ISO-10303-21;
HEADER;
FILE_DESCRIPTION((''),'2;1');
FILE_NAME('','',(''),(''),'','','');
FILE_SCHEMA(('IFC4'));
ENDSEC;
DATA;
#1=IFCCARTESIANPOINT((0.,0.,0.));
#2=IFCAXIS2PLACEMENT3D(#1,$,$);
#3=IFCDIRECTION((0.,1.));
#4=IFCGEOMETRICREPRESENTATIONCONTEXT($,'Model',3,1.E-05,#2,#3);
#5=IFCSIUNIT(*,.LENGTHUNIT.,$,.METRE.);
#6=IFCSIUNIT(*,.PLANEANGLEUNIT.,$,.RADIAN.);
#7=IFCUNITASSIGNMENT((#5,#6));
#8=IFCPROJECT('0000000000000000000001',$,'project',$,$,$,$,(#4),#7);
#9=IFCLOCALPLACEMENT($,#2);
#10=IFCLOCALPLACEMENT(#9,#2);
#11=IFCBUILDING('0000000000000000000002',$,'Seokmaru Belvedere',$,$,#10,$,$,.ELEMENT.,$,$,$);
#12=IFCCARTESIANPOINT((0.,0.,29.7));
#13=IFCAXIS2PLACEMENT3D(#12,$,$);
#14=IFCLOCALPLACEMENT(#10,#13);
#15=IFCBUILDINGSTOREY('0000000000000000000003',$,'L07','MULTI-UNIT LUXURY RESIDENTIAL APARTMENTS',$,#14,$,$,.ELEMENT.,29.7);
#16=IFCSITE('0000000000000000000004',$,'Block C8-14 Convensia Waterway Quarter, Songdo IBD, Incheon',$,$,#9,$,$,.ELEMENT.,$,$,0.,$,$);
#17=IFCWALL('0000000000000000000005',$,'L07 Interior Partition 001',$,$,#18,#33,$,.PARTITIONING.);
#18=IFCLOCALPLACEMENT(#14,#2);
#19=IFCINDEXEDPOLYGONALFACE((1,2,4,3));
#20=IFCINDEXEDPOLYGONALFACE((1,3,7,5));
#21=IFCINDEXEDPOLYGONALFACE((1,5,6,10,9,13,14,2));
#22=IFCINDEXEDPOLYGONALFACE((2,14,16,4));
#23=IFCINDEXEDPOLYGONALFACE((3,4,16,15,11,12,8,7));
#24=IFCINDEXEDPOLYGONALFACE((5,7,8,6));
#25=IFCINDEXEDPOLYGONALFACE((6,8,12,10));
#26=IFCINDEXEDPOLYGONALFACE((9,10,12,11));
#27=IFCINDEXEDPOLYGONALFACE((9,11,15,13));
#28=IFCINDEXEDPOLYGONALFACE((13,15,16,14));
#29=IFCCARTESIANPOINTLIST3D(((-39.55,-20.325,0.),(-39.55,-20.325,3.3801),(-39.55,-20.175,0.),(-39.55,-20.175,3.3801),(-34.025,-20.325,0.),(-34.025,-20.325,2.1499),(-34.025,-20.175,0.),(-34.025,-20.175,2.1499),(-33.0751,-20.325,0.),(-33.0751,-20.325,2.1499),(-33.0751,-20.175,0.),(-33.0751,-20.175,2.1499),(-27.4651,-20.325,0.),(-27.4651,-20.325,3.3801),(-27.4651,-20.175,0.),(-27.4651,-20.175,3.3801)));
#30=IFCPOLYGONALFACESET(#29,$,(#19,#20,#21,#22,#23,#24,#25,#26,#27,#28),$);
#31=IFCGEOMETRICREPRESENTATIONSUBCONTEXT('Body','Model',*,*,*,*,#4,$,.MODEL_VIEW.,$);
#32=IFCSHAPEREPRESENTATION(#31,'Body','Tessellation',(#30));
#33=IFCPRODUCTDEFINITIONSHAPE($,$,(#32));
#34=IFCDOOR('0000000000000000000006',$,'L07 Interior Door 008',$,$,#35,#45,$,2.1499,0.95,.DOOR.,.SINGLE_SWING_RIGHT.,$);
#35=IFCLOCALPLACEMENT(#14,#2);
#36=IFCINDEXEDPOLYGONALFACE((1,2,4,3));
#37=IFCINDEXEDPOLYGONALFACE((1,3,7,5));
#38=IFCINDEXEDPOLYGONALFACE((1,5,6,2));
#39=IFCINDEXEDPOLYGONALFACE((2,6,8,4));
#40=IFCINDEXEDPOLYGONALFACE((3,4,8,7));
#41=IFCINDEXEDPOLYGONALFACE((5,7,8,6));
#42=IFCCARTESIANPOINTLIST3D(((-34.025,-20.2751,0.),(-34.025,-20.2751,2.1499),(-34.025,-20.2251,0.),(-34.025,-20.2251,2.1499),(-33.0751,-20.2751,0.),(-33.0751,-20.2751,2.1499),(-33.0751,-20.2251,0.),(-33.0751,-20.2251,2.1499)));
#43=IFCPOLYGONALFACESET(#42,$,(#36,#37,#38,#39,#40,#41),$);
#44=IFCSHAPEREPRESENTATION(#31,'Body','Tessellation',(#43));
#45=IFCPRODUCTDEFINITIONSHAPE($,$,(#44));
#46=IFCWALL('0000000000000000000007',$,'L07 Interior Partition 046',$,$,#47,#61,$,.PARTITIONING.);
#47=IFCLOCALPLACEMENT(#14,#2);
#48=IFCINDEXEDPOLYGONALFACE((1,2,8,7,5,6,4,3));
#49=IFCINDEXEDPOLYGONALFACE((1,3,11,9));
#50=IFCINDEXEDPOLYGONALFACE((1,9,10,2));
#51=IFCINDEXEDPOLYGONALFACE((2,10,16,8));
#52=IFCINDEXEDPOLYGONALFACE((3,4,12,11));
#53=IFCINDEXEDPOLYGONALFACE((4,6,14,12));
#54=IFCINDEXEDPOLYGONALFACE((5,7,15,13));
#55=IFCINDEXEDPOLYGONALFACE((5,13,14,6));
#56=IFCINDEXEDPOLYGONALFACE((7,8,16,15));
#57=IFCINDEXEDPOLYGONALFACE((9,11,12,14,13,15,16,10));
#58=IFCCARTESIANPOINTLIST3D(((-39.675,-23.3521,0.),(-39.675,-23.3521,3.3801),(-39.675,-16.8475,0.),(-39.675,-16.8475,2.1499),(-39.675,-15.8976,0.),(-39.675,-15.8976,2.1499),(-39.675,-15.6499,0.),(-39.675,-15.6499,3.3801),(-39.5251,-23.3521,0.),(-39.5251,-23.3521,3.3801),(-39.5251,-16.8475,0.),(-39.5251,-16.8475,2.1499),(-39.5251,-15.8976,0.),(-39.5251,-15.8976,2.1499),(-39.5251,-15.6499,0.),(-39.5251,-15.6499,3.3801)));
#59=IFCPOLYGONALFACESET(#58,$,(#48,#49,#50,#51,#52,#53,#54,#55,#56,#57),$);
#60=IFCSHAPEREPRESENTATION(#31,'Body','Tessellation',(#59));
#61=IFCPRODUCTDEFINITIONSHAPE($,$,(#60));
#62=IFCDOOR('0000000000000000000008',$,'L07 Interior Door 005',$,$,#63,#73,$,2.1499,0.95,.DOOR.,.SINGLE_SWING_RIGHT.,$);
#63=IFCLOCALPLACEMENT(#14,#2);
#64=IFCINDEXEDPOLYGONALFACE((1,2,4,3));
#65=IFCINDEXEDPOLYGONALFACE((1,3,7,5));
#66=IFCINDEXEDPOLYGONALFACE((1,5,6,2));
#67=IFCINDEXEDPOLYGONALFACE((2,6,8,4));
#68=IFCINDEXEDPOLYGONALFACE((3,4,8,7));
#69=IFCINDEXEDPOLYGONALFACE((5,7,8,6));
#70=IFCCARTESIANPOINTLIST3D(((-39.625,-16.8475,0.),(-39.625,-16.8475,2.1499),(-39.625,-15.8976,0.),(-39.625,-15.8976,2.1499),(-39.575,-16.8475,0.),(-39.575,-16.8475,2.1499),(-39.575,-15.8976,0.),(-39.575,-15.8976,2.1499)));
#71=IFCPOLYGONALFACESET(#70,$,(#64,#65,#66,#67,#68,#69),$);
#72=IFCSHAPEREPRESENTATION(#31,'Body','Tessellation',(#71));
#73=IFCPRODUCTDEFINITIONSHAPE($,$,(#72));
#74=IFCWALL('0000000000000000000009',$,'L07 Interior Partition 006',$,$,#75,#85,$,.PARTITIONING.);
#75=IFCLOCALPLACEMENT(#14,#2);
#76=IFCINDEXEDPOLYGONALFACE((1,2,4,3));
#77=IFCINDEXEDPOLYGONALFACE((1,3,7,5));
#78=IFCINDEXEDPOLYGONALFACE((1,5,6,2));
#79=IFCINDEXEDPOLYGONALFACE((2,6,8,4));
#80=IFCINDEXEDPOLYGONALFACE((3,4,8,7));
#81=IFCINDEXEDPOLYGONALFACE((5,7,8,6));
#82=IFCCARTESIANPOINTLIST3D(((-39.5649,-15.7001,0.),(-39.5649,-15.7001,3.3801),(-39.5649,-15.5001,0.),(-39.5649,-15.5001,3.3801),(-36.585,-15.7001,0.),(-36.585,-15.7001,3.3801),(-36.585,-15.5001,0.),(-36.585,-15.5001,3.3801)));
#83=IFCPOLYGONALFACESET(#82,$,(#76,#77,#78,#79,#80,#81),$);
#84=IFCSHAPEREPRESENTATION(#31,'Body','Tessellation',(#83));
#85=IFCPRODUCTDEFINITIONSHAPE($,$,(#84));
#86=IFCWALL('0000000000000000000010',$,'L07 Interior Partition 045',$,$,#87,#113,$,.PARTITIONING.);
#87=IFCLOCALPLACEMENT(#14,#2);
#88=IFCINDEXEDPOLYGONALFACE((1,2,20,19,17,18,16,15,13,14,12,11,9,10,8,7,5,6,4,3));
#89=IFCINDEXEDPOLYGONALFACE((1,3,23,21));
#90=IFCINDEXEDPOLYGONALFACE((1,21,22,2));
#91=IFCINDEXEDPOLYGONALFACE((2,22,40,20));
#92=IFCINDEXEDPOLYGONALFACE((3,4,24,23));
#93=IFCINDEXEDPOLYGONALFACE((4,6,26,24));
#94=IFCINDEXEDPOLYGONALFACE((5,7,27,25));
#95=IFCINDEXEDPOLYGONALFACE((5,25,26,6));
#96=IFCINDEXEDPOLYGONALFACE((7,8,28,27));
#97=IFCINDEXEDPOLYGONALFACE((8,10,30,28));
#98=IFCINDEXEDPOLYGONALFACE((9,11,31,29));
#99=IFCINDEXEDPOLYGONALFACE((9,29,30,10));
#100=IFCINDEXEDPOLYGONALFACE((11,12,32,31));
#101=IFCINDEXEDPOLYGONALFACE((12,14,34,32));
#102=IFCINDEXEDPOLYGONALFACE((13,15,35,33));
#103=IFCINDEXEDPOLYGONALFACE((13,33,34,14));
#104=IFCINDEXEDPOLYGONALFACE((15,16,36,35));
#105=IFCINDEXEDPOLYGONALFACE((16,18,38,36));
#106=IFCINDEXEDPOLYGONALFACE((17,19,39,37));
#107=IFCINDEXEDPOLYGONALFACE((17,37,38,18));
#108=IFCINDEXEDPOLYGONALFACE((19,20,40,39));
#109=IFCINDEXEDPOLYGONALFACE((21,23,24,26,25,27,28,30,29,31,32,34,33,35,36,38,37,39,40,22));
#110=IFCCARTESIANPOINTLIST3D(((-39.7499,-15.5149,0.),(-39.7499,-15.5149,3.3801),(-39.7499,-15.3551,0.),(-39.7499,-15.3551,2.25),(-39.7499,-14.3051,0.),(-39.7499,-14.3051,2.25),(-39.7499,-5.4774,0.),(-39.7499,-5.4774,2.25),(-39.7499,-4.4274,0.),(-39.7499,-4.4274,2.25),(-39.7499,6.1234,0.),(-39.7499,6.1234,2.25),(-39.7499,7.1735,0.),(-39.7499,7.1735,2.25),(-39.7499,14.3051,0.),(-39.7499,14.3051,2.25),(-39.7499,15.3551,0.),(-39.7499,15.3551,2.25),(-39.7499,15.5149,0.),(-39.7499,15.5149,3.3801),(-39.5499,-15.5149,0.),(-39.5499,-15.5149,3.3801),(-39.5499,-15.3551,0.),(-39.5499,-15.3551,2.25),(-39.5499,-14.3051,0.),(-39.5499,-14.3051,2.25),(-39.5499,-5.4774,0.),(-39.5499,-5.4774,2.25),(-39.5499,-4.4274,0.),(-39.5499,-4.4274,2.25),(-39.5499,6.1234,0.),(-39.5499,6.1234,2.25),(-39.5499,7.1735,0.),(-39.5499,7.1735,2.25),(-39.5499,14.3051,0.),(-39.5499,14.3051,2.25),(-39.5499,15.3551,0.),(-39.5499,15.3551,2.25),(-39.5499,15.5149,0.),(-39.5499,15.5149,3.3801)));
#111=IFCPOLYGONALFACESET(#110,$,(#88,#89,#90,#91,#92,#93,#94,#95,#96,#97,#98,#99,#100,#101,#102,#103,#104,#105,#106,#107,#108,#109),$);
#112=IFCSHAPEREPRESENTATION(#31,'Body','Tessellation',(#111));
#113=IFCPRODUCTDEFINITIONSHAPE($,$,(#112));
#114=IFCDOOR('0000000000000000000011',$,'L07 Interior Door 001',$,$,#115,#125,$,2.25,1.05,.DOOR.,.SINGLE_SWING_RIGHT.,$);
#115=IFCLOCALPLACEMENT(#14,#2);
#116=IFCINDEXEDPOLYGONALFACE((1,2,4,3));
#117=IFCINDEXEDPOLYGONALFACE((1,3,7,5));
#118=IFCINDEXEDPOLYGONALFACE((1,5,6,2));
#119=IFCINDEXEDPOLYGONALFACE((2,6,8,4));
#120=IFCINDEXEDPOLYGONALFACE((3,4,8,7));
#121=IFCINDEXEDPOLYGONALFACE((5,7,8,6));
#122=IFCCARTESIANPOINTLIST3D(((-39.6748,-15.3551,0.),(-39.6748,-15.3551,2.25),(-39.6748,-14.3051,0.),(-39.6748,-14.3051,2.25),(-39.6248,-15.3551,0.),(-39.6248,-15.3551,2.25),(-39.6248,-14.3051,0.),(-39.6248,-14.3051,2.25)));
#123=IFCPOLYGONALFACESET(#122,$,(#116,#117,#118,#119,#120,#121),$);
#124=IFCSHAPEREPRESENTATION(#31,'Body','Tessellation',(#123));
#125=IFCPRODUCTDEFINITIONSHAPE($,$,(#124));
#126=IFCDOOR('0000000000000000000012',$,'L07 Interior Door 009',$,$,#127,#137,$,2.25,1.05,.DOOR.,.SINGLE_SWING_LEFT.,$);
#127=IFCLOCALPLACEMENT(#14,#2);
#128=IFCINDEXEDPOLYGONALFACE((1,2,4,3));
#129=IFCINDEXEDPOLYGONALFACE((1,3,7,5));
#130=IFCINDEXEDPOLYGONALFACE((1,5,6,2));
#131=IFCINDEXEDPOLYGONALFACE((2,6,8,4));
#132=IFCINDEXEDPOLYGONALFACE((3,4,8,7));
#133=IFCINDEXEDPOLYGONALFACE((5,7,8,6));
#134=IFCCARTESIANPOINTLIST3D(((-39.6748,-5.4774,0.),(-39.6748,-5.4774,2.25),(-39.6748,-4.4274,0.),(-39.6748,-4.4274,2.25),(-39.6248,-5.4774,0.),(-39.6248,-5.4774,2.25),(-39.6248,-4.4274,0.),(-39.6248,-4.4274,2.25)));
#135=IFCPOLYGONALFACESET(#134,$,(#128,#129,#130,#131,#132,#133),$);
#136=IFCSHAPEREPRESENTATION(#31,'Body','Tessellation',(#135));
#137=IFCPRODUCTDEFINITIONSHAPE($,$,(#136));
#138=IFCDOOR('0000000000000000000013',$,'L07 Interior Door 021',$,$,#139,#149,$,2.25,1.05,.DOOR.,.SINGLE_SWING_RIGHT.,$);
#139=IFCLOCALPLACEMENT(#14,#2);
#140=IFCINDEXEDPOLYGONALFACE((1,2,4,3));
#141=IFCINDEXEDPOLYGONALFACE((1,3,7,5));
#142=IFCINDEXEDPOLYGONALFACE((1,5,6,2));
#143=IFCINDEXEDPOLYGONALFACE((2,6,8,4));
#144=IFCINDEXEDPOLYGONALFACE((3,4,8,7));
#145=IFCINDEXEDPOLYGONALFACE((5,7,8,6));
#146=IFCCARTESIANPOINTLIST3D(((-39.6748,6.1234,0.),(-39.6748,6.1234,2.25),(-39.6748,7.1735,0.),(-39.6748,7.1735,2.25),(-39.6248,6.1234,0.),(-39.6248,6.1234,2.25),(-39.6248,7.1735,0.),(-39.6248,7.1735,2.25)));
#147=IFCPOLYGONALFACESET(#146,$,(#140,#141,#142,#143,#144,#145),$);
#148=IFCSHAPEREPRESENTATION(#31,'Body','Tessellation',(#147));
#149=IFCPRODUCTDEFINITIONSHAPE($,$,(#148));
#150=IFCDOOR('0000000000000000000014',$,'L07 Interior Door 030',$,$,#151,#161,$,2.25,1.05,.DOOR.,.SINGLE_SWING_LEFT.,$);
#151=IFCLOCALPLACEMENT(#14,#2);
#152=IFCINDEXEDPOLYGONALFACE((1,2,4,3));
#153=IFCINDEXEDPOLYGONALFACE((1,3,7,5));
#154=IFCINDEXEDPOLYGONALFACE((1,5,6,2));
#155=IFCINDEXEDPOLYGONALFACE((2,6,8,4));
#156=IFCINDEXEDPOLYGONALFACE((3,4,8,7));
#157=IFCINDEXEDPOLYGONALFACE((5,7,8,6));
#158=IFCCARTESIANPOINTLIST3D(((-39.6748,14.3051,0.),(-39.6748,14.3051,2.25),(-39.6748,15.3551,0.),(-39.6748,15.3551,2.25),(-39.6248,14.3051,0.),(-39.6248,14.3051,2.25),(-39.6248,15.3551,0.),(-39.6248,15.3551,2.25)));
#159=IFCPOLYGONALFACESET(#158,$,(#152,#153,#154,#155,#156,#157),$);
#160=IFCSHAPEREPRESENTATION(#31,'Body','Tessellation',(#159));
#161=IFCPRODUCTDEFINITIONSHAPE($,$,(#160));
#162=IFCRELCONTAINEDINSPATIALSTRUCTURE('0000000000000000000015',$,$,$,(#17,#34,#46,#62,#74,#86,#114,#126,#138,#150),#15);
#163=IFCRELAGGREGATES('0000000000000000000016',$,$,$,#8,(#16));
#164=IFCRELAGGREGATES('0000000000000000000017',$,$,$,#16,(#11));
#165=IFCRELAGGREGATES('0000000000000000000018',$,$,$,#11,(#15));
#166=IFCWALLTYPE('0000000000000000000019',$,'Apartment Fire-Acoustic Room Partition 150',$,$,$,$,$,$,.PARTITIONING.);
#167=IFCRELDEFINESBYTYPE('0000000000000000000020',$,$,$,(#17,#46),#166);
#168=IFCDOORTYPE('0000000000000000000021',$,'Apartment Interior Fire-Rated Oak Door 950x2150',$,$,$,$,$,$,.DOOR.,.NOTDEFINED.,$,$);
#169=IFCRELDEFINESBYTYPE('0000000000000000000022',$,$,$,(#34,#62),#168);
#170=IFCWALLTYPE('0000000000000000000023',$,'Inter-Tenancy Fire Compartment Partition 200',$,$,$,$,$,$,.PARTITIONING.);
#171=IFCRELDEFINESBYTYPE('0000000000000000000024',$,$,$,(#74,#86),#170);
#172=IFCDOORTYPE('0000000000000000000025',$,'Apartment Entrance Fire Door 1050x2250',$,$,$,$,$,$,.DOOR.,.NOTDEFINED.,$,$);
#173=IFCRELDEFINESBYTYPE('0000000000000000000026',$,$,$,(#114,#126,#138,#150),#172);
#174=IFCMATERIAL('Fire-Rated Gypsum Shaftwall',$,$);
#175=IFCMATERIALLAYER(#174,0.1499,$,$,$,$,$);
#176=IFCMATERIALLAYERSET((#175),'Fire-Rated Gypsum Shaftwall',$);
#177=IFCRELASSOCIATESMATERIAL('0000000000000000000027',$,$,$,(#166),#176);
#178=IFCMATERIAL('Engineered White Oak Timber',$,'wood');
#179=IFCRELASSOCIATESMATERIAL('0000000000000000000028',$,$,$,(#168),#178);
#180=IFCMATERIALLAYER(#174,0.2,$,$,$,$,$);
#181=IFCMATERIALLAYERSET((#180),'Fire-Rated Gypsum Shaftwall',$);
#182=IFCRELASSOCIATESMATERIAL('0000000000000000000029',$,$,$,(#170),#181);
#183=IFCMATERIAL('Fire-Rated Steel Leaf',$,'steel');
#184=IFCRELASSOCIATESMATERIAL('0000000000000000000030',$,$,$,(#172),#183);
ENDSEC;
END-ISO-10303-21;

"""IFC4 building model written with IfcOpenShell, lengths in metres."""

from ifc_helpers import new_model, si_unit, direction, frame, frame_2d, origin, place, context, subcontext, project, spatial, rectangle, extrude, source, transform, mapped, material, layer, layer_set, type_object, type_shapes, element, fill, save


model = new_model("IFC4")

# Units and contexts
model_context = context("Model", 3, precision=1e-05, world=origin(), true_north=direction((0.0, 1.0)))
body_context = subcontext(model_context, "Body", "Model", "MODEL_VIEW")
ifc_project = project(units=[si_unit("LENGTHUNIT", "METRE"), si_unit("PLANEANGLEUNIT", "RADIAN")], contexts=[model_context])

# Site, building, storey
site_placement = place(None, origin())
site = spatial("IfcSite", under=ifc_project, at=site_placement, Name="Block C8-14 Convensia Waterway Quarter, Songdo IBD, Incheon", CompositionType="ELEMENT", RefElevation=0.0)
building_placement = place(site_placement, origin())
building = spatial("IfcBuilding", under=site, at=building_placement, Name="Seokmaru Belvedere", CompositionType="ELEMENT")
storey_placement = place(building_placement, frame((0.0, 0.0, 29.7)))
storey = spatial("IfcBuildingStorey", under=building, at=storey_placement, Name="L07", Description="MULTI-UNIT LUXURY RESIDENTIAL APARTMENTS", CompositionType="ELEMENT", Elevation=29.7)

# Walls, openings, doors
ifc_material_1 = material(Name="Fire-Rated Gypsum Shaftwall")
ifc_layer_1 = layer(ifc_material_1, 0.1499)
ifc_layer_set_1 = layer_set([ifc_layer_1], Name="Fire-Rated Gypsum Shaftwall")
wall_type_1 = type_object("IfcWallType", Name="Apartment Fire-Acoustic Room Partition 150", PredefinedType="PARTITIONING", material=ifc_layer_set_1)
wall_1_placement = place(storey_placement, frame((-39.55, -20.25, 0.0), z_axis=(0.0, 0.0, 1.0), x_axis=(1.0, 0.0, 0.0)))
wall_1 = element("IfcWall", 1, at=wall_1_placement, inside=storey, type_object=wall_type_1, Name="L07 Interior Partition 001", PredefinedType="PARTITIONING", context=body_context, shape_type="SweptSolid", body=[
    extrude(rectangle(XDim=12.085, YDim=0.1499, at=frame_2d((6.0425, 0.0))), origin(), (0.0, 0.0, 1.0), 3.3801),
])
opening_1_placement = place(wall_1_placement, frame((5.5249, 0.0, 0.0)))
opening_1 = element("IfcOpeningElement", 2, at=opening_1_placement, cuts=wall_1, PredefinedType="OPENING", context=body_context, shape_type="SweptSolid", body=[
    extrude(rectangle(XDim=0.95, YDim=2.1499, at=frame_2d((0.4751, 1.075))), frame((0.0, 0.085, 0.0), z_axis=(0.0, -1.0, 0.0), x_axis=(1.0, 0.0, 0.0)), (0.0, 0.0, 1.0), 0.1699),
])
ifc_material_2 = material(Name="Engineered White Oak Timber", Category="wood")
door_type_1 = type_object("IfcDoorType", Name="Apartment Interior Fire-Rated Oak Door 950x2150", OperationType="NOTDEFINED", PredefinedType="DOOR", material=ifc_material_2)
shared_shape_1 = source(origin(), body_context, "Body", "SweptSolid", [
    extrude(rectangle(XDim=0.95, YDim=2.1499, at=frame_2d((0.4751, 1.075))), frame((0.0, 0.0249, 0.0), z_axis=(0.0, -1.0, 0.0), x_axis=(1.0, 0.0, 0.0)), (0.0, 0.0, 1.0), 0.05),
])
type_shapes(door_type_1, [shared_shape_1])
door_1_placement = place(opening_1_placement, origin())
door_1 = element("IfcDoor", 3, at=door_1_placement, inside=storey, type_object=door_type_1, Name="L07 Interior Door 008", OperationType="SINGLE_SWING_RIGHT", OverallHeight=2.1499, OverallWidth=0.95, PredefinedType="DOOR", context=body_context, shape_type="MappedRepresentation", body=[
    mapped(shared_shape_1, transform((0.0, 0.0, 0.0), scale=1.0)),
])
fill(opening_1, door_1)
wall_2_placement = place(storey_placement, frame((-39.6001, -23.3521, 0.0), z_axis=(0.0, 0.0, 1.0), x_axis=(0.0, 1.0, 0.0)))
wall_2 = element("IfcWall", 4, at=wall_2_placement, inside=storey, type_object=wall_type_1, Name="L07 Interior Partition 046", PredefinedType="PARTITIONING", context=body_context, shape_type="SweptSolid", body=[
    extrude(rectangle(XDim=7.7021, YDim=0.1499, at=frame_2d((3.8511, 0.0))), origin(), (0.0, 0.0, 1.0), 3.3801),
])
opening_2_placement = place(wall_2_placement, frame((6.5044, 0.0, 0.0)))
opening_2 = element("IfcOpeningElement", 5, at=opening_2_placement, cuts=wall_2, PredefinedType="OPENING", context=body_context, shape_type="SweptSolid", body=[
    extrude(rectangle(XDim=0.95, YDim=2.1499, at=frame_2d((0.4751, 1.075))), frame((0.0, 0.085, 0.0), z_axis=(0.0, -1.0, 0.0), x_axis=(1.0, 0.0, 0.0)), (0.0, 0.0, 1.0), 0.1699),
])
door_2_placement = place(opening_2_placement, origin())
door_2 = element("IfcDoor", 6, at=door_2_placement, inside=storey, type_object=door_type_1, Name="L07 Interior Door 005", OperationType="SINGLE_SWING_RIGHT", OverallHeight=2.1499, OverallWidth=0.95, PredefinedType="DOOR", context=body_context, shape_type="MappedRepresentation", body=[
    mapped(shared_shape_1, transform((0.0, 0.0, 0.0), scale=1.0)),
])
fill(opening_2, door_2)

# Wall
ifc_layer_2 = layer(ifc_material_1, 0.2)
ifc_layer_set_2 = layer_set([ifc_layer_2], Name="Fire-Rated Gypsum Shaftwall")
wall_type_2 = type_object("IfcWallType", Name="Inter-Tenancy Fire Compartment Partition 200", PredefinedType="PARTITIONING", material=ifc_layer_set_2)
wall_3_placement = place(storey_placement, frame((-39.5649, -15.6001, 0.0), z_axis=(0.0, 0.0, 1.0), x_axis=(1.0, 0.0, 0.0)))
element("IfcWall", 7, at=wall_3_placement, inside=storey, type_object=wall_type_2, Name="L07 Interior Partition 006", PredefinedType="PARTITIONING", context=body_context, shape_type="SweptSolid", body=[
    extrude(rectangle(XDim=2.98, YDim=0.2, at=frame_2d((1.49, 0.0))), origin(), (0.0, 0.0, 1.0), 3.3801),
])

# Wall, openings, doors
wall_4_placement = place(storey_placement, frame((-39.6499, -15.5149, 0.0), z_axis=(0.0, 0.0, 1.0), x_axis=(0.0, 1.0, 0.0)))
wall_4 = element("IfcWall", 8, at=wall_4_placement, inside=storey, type_object=wall_type_2, Name="L07 Interior Partition 045", PredefinedType="PARTITIONING", context=body_context, shape_type="SweptSolid", body=[
    extrude(rectangle(XDim=31.0298, YDim=0.2, at=frame_2d((15.5149, 0.0))), origin(), (0.0, 0.0, 1.0), 3.3801),
])
opening_3_placement = place(wall_4_placement, frame((0.1599, 0.0, 0.0)))
opening_3 = element("IfcOpeningElement", 9, at=opening_3_placement, cuts=wall_4, PredefinedType="OPENING", context=body_context, shape_type="SweptSolid", body=[
    extrude(rectangle(XDim=1.05, YDim=2.25, at=frame_2d((0.5249, 1.125))), frame((0.0, 0.1099, 0.0), z_axis=(0.0, -1.0, 0.0), x_axis=(1.0, 0.0, 0.0)), (0.0, 0.0, 1.0), 0.22),
])
opening_4_placement = place(wall_4_placement, frame((10.0376, 0.0, 0.0)))
opening_4 = element("IfcOpeningElement", 10, at=opening_4_placement, cuts=wall_4, PredefinedType="OPENING", context=body_context, shape_type="SweptSolid", body=[
    extrude(rectangle(XDim=1.05, YDim=2.25, at=frame_2d((0.5249, 1.125))), frame((0.0, 0.1099, 0.0), z_axis=(0.0, -1.0, 0.0), x_axis=(1.0, 0.0, 0.0)), (0.0, 0.0, 1.0), 0.22),
])
opening_5_placement = place(wall_4_placement, frame((21.6384, 0.0, 0.0)))
opening_5 = element("IfcOpeningElement", 11, at=opening_5_placement, cuts=wall_4, PredefinedType="OPENING", context=body_context, shape_type="SweptSolid", body=[
    extrude(rectangle(XDim=1.05, YDim=2.25, at=frame_2d((0.5249, 1.125))), frame((0.0, 0.1099, 0.0), z_axis=(0.0, -1.0, 0.0), x_axis=(1.0, 0.0, 0.0)), (0.0, 0.0, 1.0), 0.22),
])
opening_6_placement = place(wall_4_placement, frame((29.8201, 0.0, 0.0)))
opening_6 = element("IfcOpeningElement", 12, at=opening_6_placement, cuts=wall_4, PredefinedType="OPENING", context=body_context, shape_type="SweptSolid", body=[
    extrude(rectangle(XDim=1.05, YDim=2.25, at=frame_2d((0.5249, 1.125))), frame((0.0, 0.1099, 0.0), z_axis=(0.0, -1.0, 0.0), x_axis=(1.0, 0.0, 0.0)), (0.0, 0.0, 1.0), 0.22),
])
ifc_material_3 = material(Name="Fire-Rated Steel Leaf", Category="steel")
door_type_2 = type_object("IfcDoorType", Name="Apartment Entrance Fire Door 1050x2250", OperationType="NOTDEFINED", PredefinedType="DOOR", material=ifc_material_3)
shared_shape_2 = source(origin(), body_context, "Body", "SweptSolid", [
    extrude(rectangle(XDim=1.05, YDim=2.25, at=frame_2d((0.5249, 1.125))), frame((0.0, 0.0249, 0.0), z_axis=(0.0, -1.0, 0.0), x_axis=(1.0, 0.0, 0.0)), (0.0, 0.0, 1.0), 0.05),
])
type_shapes(door_type_2, [shared_shape_2])
door_3_placement = place(opening_3_placement, origin())
door_3 = element("IfcDoor", 13, at=door_3_placement, inside=storey, type_object=door_type_2, Name="L07 Interior Door 001", OperationType="SINGLE_SWING_RIGHT", OverallHeight=2.25, OverallWidth=1.05, PredefinedType="DOOR", context=body_context, shape_type="MappedRepresentation", body=[
    mapped(shared_shape_2, transform((0.0, 0.0, 0.0), scale=1.0)),
])
fill(opening_3, door_3)
door_4_placement = place(opening_4_placement, origin())
door_4 = element("IfcDoor", 14, at=door_4_placement, inside=storey, type_object=door_type_2, Name="L07 Interior Door 009", OperationType="SINGLE_SWING_LEFT", OverallHeight=2.25, OverallWidth=1.05, PredefinedType="DOOR", context=body_context, shape_type="MappedRepresentation", body=[
    mapped(shared_shape_2, transform((0.0, 0.0, 0.0), scale=1.0)),
])
fill(opening_4, door_4)
door_5_placement = place(opening_5_placement, origin())
door_5 = element("IfcDoor", 15, at=door_5_placement, inside=storey, type_object=door_type_2, Name="L07 Interior Door 021", OperationType="SINGLE_SWING_RIGHT", OverallHeight=2.25, OverallWidth=1.05, PredefinedType="DOOR", context=body_context, shape_type="MappedRepresentation", body=[
    mapped(shared_shape_2, transform((0.0, 0.0, 0.0), scale=1.0)),
])
fill(opening_5, door_5)
door_6_placement = place(opening_6_placement, origin())
door_6 = element("IfcDoor", 16, at=door_6_placement, inside=storey, type_object=door_type_2, Name="L07 Interior Door 030", OperationType="SINGLE_SWING_LEFT", OverallHeight=2.25, OverallWidth=1.05, PredefinedType="DOOR", context=body_context, shape_type="MappedRepresentation", body=[
    mapped(shared_shape_2, transform((0.0, 0.0, 0.0), scale=1.0)),
])
fill(opening_6, door_6)

save(model, "model.ifc")
